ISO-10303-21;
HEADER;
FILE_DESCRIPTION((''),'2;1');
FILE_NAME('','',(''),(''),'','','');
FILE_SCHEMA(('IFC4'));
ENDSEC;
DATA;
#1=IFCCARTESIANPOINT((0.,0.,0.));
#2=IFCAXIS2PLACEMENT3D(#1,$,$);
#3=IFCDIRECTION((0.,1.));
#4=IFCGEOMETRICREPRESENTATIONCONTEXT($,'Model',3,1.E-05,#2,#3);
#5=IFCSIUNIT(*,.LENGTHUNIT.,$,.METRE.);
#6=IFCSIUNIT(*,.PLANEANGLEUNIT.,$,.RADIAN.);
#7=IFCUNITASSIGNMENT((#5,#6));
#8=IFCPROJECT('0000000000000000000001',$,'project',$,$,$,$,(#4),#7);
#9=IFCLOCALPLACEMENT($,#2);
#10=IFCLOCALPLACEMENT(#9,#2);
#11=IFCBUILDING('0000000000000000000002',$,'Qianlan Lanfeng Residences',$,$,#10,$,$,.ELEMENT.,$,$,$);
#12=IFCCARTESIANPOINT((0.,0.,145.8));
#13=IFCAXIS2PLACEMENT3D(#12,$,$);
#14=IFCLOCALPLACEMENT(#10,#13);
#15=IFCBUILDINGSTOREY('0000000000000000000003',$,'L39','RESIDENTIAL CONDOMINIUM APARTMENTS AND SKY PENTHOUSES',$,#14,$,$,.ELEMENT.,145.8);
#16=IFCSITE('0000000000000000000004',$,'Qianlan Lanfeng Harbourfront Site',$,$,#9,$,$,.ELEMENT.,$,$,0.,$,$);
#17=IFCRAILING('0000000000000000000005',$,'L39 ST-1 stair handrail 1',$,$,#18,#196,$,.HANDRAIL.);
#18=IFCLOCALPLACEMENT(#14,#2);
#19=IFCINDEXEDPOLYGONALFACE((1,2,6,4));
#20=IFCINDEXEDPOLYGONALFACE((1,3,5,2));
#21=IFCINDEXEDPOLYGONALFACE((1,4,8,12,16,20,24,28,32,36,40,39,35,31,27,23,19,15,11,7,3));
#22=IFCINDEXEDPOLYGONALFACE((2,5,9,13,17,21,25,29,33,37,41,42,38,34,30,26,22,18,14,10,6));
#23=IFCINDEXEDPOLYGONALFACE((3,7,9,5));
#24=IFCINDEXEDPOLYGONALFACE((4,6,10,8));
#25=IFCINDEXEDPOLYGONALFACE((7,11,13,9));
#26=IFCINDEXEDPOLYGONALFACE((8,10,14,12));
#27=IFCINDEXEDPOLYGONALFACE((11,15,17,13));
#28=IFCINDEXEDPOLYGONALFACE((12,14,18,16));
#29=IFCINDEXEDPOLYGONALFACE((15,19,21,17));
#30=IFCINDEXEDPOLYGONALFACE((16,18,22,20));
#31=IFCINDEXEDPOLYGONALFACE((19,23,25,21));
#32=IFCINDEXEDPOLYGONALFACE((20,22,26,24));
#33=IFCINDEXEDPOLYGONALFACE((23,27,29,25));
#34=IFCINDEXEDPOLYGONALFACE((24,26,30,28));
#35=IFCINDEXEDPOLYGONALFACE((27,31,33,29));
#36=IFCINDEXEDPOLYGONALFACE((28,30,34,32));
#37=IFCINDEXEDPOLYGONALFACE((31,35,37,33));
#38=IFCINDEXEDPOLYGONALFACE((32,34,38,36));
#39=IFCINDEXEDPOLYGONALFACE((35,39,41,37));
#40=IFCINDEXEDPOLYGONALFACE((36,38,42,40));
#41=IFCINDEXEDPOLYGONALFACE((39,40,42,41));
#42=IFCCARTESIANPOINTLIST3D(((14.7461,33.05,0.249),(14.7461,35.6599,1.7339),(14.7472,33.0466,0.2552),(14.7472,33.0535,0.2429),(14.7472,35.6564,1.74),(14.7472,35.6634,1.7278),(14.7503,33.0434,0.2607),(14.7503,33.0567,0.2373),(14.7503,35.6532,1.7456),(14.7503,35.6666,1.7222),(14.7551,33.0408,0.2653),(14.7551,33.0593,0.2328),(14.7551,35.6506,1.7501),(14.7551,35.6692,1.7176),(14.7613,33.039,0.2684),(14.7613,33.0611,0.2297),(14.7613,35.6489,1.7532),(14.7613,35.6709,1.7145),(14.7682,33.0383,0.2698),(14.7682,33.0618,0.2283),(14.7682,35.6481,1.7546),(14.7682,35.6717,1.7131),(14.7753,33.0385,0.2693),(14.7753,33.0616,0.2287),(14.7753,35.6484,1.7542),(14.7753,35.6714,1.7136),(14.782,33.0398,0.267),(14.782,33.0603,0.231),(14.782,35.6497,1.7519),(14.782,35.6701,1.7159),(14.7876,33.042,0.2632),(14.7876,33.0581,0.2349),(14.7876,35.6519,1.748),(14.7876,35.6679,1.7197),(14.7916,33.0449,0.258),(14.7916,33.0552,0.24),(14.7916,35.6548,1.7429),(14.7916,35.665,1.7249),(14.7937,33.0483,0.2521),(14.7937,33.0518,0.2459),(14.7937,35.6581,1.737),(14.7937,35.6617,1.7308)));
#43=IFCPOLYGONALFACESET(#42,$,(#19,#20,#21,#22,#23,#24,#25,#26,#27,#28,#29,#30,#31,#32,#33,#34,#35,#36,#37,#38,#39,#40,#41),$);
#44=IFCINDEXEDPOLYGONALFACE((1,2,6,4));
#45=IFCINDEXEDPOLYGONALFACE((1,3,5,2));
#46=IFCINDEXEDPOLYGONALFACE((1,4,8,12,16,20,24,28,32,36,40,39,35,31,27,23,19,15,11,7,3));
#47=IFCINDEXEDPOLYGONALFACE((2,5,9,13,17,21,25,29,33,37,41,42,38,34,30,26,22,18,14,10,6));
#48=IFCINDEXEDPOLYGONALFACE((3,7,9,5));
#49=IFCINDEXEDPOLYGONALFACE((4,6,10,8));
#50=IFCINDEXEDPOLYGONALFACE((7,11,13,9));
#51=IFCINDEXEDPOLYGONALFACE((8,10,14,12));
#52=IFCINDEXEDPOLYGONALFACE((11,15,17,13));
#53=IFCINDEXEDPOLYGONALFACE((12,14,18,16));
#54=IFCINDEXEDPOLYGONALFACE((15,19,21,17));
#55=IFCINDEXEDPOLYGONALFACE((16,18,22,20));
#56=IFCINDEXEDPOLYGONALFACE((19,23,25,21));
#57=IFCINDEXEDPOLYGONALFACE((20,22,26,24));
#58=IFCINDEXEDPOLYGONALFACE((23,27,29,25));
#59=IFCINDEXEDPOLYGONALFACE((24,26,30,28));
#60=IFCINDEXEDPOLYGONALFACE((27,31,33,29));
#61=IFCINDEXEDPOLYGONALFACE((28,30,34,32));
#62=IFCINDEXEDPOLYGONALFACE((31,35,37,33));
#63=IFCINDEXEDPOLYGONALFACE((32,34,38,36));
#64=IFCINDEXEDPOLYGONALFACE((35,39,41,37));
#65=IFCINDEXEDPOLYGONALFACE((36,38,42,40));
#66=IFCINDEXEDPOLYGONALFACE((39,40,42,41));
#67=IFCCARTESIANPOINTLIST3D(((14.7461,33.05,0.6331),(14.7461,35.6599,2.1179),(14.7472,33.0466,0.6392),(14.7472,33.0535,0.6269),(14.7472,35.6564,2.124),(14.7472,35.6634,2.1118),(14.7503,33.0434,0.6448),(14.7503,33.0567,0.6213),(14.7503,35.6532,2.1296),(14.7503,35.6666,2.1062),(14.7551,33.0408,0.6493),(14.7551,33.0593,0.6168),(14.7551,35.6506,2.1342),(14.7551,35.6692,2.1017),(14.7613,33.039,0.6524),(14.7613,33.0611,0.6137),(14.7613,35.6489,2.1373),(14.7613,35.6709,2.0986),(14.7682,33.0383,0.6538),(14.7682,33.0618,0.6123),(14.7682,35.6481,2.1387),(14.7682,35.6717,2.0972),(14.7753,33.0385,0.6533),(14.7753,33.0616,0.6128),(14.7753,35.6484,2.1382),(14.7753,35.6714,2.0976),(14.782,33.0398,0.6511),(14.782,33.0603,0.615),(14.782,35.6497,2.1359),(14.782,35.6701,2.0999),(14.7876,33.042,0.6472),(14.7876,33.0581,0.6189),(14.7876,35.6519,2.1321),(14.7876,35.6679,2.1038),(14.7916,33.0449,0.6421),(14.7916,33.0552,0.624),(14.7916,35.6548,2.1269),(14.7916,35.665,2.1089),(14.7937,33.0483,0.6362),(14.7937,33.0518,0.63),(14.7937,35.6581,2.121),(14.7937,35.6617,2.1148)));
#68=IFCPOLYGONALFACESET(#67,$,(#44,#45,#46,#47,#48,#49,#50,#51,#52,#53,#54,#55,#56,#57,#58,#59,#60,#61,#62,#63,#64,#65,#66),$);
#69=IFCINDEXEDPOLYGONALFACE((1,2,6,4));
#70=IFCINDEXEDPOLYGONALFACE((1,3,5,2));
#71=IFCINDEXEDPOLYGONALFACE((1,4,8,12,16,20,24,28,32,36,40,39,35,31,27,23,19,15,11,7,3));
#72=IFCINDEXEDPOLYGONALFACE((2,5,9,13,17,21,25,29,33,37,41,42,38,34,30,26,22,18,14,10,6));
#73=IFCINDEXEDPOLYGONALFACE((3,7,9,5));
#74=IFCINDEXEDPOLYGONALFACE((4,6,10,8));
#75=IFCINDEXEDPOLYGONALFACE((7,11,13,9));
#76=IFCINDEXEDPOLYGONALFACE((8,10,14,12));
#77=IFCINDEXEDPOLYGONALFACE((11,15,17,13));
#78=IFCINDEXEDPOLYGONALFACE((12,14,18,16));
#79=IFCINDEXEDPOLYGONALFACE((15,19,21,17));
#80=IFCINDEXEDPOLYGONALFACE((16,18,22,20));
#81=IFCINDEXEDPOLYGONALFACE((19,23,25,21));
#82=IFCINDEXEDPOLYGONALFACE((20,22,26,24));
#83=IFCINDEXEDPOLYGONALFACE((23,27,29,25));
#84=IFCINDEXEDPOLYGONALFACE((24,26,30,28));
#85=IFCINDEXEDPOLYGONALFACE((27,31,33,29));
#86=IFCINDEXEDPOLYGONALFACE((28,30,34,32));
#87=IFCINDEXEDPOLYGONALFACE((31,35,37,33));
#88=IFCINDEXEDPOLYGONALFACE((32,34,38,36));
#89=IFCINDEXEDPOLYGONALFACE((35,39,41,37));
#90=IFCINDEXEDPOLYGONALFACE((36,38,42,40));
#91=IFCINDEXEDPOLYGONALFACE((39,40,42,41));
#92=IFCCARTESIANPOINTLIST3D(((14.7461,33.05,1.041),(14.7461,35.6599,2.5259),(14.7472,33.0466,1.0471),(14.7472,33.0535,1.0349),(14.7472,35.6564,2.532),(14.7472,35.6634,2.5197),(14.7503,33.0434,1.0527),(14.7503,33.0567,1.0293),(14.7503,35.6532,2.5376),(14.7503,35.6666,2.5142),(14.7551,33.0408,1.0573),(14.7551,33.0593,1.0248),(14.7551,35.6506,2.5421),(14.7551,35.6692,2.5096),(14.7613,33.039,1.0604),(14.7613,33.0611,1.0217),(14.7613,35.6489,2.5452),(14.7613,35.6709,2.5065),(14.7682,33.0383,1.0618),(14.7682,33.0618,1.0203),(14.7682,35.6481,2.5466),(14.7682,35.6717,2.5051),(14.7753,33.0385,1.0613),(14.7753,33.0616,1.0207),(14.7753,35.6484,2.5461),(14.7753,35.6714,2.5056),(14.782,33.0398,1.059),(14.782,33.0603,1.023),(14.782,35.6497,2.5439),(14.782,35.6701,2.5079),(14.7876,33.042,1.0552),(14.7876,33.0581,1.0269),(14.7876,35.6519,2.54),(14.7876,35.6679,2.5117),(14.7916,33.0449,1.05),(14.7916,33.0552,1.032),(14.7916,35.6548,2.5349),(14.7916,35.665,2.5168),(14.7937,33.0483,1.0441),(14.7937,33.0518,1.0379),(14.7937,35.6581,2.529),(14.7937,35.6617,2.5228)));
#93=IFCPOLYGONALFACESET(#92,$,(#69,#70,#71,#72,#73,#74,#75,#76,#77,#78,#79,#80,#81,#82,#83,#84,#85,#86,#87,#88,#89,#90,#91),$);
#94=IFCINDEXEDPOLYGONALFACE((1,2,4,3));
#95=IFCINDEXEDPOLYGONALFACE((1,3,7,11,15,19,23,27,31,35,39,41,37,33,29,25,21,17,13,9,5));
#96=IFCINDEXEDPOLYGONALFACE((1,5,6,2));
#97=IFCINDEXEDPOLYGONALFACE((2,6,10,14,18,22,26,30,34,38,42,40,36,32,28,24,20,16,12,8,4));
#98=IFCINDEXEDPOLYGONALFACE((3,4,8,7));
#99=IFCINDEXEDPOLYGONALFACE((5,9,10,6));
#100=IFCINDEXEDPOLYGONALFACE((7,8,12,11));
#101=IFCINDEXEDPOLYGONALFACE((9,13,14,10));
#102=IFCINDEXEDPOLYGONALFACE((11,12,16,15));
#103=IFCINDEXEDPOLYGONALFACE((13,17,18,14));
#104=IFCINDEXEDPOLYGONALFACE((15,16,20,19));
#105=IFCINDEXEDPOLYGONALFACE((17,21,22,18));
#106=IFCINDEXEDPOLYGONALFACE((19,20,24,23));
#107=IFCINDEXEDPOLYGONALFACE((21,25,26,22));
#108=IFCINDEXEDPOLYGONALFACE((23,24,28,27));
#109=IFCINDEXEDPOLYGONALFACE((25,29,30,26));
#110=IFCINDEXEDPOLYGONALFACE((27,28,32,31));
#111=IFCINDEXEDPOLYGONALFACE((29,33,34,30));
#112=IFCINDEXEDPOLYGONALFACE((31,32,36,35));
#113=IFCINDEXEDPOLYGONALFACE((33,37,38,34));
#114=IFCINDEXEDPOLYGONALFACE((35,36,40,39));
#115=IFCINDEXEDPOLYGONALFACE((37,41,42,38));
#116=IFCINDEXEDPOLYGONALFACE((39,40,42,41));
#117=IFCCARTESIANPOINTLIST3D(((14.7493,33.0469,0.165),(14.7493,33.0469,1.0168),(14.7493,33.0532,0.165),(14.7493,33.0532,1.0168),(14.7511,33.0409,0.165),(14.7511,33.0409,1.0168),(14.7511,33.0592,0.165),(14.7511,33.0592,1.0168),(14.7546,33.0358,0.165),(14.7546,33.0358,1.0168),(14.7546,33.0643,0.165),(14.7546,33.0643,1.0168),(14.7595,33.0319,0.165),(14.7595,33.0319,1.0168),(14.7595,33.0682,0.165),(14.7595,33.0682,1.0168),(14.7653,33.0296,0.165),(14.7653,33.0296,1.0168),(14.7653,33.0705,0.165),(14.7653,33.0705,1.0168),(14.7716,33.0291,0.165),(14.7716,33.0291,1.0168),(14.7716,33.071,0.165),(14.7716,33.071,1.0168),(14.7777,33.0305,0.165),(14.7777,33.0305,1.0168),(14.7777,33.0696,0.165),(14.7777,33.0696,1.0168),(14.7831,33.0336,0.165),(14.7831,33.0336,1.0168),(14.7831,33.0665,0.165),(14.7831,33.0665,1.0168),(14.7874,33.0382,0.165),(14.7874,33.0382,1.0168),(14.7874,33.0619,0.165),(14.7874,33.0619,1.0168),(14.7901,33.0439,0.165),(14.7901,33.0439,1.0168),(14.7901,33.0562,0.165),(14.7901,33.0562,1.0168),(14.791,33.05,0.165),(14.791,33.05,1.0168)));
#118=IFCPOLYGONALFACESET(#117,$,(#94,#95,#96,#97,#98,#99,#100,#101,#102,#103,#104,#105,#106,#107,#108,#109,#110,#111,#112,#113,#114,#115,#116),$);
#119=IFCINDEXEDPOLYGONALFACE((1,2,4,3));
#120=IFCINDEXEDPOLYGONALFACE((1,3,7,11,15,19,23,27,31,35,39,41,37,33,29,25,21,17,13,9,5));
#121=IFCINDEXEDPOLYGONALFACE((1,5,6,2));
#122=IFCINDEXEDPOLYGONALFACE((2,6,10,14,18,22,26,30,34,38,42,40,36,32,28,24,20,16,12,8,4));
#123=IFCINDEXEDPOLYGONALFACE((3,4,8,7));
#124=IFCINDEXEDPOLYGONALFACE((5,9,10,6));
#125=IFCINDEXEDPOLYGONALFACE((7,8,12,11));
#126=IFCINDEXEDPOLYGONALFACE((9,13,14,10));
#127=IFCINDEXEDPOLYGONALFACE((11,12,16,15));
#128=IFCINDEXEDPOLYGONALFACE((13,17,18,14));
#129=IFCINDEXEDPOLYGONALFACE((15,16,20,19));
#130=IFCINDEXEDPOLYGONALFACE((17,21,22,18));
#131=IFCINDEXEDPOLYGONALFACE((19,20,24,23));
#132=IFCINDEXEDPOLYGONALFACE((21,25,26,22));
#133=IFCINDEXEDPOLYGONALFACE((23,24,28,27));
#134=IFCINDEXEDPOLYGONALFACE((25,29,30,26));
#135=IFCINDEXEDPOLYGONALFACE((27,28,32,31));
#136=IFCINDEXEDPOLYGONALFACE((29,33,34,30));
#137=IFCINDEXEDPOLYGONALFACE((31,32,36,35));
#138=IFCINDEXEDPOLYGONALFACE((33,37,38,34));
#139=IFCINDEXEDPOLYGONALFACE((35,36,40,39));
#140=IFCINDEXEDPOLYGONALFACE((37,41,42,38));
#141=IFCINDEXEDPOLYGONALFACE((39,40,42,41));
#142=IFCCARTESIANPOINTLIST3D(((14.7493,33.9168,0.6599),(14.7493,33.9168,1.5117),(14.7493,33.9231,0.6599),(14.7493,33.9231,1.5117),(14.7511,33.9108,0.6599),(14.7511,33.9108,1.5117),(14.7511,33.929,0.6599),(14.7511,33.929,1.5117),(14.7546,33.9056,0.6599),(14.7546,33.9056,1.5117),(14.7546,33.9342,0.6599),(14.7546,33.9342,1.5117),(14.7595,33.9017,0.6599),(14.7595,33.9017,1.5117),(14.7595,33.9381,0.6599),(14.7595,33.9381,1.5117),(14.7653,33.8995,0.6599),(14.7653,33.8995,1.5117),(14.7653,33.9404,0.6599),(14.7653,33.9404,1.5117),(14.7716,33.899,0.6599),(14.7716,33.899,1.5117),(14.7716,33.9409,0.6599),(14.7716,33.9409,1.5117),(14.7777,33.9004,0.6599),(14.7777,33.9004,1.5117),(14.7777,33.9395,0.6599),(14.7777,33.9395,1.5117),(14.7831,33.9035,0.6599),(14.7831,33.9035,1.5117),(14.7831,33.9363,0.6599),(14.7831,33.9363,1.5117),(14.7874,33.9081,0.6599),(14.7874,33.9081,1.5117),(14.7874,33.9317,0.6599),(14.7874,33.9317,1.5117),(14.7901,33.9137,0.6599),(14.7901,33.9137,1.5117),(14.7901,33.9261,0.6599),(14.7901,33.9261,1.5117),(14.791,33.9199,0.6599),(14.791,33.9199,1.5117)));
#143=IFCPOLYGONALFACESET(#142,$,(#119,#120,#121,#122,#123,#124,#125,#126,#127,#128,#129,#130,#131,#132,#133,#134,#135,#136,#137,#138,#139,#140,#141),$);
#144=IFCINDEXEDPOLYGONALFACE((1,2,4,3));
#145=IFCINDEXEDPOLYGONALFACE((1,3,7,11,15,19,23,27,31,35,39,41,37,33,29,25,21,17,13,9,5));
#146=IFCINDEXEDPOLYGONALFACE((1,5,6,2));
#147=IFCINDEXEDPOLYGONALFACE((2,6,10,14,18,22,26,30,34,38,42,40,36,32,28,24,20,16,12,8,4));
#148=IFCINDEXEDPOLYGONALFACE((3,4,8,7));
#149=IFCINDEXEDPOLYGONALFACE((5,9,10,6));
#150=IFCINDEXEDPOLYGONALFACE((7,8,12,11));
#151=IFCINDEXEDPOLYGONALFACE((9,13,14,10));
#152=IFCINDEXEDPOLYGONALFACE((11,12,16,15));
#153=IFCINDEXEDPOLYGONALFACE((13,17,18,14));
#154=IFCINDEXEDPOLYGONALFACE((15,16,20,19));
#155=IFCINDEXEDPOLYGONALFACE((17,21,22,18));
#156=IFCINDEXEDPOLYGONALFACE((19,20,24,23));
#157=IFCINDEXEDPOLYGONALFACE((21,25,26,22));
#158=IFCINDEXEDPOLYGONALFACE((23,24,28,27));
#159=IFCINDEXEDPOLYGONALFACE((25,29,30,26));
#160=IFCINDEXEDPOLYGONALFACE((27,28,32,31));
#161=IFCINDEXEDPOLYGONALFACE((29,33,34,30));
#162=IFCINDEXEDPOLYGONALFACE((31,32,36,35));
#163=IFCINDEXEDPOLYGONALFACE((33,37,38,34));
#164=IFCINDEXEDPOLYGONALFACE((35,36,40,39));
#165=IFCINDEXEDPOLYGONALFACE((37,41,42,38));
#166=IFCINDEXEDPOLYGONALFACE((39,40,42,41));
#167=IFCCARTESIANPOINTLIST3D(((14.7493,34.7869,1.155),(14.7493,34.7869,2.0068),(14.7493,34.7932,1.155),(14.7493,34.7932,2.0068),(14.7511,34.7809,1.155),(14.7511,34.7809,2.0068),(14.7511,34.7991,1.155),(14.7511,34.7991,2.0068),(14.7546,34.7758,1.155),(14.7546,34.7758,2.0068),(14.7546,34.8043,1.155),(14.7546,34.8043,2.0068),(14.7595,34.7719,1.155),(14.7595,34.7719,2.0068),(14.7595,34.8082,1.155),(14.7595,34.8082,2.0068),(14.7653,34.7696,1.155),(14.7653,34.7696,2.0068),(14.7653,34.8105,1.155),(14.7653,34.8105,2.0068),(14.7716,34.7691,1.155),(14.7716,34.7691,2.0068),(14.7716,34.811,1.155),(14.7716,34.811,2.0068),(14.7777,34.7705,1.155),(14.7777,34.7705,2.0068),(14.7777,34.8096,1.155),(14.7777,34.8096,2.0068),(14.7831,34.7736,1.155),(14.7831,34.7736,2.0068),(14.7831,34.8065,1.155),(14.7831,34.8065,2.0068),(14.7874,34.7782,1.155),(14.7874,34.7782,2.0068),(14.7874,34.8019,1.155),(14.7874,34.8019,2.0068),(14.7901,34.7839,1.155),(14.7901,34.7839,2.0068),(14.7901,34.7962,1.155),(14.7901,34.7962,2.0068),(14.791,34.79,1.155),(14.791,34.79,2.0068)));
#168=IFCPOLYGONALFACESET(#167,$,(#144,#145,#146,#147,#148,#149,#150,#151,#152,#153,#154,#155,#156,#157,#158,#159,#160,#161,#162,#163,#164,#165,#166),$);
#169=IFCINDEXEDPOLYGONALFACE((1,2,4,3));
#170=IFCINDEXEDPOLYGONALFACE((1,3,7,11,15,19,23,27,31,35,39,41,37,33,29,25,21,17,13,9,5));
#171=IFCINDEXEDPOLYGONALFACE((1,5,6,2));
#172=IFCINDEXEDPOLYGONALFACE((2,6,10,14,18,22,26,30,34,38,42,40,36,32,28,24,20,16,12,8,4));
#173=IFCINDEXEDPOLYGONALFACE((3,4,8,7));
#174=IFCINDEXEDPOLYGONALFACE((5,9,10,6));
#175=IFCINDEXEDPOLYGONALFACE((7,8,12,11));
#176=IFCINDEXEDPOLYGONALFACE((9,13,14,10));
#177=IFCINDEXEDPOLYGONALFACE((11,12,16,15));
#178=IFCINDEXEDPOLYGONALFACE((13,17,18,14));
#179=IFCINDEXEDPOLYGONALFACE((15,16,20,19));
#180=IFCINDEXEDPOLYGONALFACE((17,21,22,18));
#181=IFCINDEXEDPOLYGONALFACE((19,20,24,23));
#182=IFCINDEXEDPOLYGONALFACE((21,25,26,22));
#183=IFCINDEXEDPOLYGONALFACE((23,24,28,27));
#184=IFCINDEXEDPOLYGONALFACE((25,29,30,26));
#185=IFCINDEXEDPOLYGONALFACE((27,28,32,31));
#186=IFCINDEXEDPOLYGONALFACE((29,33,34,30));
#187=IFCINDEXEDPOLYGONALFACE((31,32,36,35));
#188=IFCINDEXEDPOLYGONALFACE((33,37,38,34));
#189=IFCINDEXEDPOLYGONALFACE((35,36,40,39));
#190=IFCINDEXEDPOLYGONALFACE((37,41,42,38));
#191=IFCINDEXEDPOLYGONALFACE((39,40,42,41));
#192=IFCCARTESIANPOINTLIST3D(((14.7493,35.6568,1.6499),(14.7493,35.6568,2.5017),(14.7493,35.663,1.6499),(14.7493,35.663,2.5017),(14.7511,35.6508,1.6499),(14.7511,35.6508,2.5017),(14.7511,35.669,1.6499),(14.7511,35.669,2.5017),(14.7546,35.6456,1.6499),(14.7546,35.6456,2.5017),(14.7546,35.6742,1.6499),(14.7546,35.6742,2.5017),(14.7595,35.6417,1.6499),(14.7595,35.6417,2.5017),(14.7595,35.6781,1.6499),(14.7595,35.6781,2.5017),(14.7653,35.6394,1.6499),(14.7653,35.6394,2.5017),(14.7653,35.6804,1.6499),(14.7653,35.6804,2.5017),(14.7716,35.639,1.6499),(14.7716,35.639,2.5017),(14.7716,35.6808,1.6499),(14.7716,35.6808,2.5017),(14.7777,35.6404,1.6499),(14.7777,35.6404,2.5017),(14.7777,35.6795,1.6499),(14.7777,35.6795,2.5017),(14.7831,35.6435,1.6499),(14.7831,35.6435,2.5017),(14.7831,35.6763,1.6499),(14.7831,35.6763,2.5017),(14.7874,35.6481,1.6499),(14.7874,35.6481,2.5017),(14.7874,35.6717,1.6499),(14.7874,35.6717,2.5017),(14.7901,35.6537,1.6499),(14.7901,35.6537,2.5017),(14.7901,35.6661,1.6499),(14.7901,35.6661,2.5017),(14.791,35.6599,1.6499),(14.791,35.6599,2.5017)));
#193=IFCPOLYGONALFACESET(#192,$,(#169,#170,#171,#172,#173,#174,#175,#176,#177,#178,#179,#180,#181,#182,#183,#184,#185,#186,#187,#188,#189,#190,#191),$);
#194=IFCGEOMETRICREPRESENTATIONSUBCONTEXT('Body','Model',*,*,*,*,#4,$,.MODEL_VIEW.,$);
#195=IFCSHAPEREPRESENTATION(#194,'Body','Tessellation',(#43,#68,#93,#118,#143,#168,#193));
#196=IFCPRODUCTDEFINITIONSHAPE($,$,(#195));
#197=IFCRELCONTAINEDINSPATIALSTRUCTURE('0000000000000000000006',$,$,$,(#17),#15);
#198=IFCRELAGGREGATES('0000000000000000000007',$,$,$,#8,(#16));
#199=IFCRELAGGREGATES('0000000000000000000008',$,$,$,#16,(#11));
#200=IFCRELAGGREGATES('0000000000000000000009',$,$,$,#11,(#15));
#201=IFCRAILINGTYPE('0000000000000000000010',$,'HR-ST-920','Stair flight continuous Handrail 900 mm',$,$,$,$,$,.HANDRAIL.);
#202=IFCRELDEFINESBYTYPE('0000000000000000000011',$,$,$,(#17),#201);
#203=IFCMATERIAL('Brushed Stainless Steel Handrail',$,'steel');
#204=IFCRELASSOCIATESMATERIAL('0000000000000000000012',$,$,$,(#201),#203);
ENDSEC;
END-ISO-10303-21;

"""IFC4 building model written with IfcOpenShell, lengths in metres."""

from ifc_helpers import new_model, si_unit, direction, frame, origin, origin_2d, place, context, subcontext, project, spatial, circle, extrude, material, type_object, element, save


model = new_model("IFC4")

# Units and contexts
model_context = context("Model", 3, precision=1e-05, world=origin(), true_north=direction((0.0, 1.0)))
body_context = subcontext(model_context, "Body", "Model", "MODEL_VIEW")
ifc_project = project(units=[si_unit("LENGTHUNIT", "METRE"), si_unit("PLANEANGLEUNIT", "RADIAN")], contexts=[model_context])

# Site, building, storey
site_placement = place(None, origin())
site = spatial("IfcSite", under=ifc_project, at=site_placement, Name="Qianlan Lanfeng Harbourfront Site", CompositionType="ELEMENT", RefElevation=0.0)
building_placement = place(site_placement, origin())
building = spatial("IfcBuilding", under=site, at=building_placement, Name="Qianlan Lanfeng Residences", CompositionType="ELEMENT")
storey_placement = place(building_placement, frame((0.0, 0.0, 145.8)))
storey = spatial("IfcBuildingStorey", under=building, at=storey_placement, Name="L39", Description="RESIDENTIAL CONDOMINIUM APARTMENTS AND SKY PENTHOUSES", CompositionType="ELEMENT", Elevation=145.8)

# Railing
ifc_material_1 = material(Name="Brushed Stainless Steel Handrail", Category="steel")
railing_type_1 = type_object("IfcRailingType", Name="HR-ST-920", Description="Stair flight continuous Handrail 900 mm", PredefinedType="HANDRAIL", material=ifc_material_1)
railing_1_placement = place(storey_placement, frame((14.77, 33.05, 0.165)))
element("IfcRailing", 1, at=railing_1_placement, inside=storey, type_object=railing_type_1, Name="L39 ST-1 stair handrail 1", PredefinedType="HANDRAIL", context=body_context, shape_type="SweptSolid", body=[
    extrude(circle(Radius=0.0239, at=origin_2d()), frame((0.0, 0.0, 0.084), z_axis=(0.0, 0.869172, 0.494509), x_axis=(-1.0, 0.0, 0.0)), (0.0, 0.0, 1.0), 3.0027),
    extrude(circle(Radius=0.0239, at=origin_2d()), frame((0.0, 0.0, 0.468), z_axis=(0.0, 0.869172, 0.494509), x_axis=(-1.0, 0.0, 0.0)), (0.0, 0.0, 1.0), 3.0027),
    extrude(circle(Radius=0.0239, at=origin_2d()), frame((0.0, 0.0, 0.876), z_axis=(0.0, 0.869172, 0.494509), x_axis=(-1.0, 0.0, 0.0)), (0.0, 0.0, 1.0), 3.0027),
    extrude(circle(Radius=0.021, at=origin_2d()), origin(), (0.0, 0.0, 1.0), 0.8518),
    extrude(circle(Radius=0.021, at=origin_2d()), frame((0.0, 0.8699, 0.4949)), (0.0, 0.0, 1.0), 0.8518),
    extrude(circle(Radius=0.021, at=origin_2d()), frame((0.0, 1.74, 0.99)), (0.0, 0.0, 1.0), 0.8518),
    extrude(circle(Radius=0.021, at=origin_2d()), frame((0.0, 2.6099, 1.4849)), (0.0, 0.0, 1.0), 0.8518),
])

save(model, "model.ifc")
